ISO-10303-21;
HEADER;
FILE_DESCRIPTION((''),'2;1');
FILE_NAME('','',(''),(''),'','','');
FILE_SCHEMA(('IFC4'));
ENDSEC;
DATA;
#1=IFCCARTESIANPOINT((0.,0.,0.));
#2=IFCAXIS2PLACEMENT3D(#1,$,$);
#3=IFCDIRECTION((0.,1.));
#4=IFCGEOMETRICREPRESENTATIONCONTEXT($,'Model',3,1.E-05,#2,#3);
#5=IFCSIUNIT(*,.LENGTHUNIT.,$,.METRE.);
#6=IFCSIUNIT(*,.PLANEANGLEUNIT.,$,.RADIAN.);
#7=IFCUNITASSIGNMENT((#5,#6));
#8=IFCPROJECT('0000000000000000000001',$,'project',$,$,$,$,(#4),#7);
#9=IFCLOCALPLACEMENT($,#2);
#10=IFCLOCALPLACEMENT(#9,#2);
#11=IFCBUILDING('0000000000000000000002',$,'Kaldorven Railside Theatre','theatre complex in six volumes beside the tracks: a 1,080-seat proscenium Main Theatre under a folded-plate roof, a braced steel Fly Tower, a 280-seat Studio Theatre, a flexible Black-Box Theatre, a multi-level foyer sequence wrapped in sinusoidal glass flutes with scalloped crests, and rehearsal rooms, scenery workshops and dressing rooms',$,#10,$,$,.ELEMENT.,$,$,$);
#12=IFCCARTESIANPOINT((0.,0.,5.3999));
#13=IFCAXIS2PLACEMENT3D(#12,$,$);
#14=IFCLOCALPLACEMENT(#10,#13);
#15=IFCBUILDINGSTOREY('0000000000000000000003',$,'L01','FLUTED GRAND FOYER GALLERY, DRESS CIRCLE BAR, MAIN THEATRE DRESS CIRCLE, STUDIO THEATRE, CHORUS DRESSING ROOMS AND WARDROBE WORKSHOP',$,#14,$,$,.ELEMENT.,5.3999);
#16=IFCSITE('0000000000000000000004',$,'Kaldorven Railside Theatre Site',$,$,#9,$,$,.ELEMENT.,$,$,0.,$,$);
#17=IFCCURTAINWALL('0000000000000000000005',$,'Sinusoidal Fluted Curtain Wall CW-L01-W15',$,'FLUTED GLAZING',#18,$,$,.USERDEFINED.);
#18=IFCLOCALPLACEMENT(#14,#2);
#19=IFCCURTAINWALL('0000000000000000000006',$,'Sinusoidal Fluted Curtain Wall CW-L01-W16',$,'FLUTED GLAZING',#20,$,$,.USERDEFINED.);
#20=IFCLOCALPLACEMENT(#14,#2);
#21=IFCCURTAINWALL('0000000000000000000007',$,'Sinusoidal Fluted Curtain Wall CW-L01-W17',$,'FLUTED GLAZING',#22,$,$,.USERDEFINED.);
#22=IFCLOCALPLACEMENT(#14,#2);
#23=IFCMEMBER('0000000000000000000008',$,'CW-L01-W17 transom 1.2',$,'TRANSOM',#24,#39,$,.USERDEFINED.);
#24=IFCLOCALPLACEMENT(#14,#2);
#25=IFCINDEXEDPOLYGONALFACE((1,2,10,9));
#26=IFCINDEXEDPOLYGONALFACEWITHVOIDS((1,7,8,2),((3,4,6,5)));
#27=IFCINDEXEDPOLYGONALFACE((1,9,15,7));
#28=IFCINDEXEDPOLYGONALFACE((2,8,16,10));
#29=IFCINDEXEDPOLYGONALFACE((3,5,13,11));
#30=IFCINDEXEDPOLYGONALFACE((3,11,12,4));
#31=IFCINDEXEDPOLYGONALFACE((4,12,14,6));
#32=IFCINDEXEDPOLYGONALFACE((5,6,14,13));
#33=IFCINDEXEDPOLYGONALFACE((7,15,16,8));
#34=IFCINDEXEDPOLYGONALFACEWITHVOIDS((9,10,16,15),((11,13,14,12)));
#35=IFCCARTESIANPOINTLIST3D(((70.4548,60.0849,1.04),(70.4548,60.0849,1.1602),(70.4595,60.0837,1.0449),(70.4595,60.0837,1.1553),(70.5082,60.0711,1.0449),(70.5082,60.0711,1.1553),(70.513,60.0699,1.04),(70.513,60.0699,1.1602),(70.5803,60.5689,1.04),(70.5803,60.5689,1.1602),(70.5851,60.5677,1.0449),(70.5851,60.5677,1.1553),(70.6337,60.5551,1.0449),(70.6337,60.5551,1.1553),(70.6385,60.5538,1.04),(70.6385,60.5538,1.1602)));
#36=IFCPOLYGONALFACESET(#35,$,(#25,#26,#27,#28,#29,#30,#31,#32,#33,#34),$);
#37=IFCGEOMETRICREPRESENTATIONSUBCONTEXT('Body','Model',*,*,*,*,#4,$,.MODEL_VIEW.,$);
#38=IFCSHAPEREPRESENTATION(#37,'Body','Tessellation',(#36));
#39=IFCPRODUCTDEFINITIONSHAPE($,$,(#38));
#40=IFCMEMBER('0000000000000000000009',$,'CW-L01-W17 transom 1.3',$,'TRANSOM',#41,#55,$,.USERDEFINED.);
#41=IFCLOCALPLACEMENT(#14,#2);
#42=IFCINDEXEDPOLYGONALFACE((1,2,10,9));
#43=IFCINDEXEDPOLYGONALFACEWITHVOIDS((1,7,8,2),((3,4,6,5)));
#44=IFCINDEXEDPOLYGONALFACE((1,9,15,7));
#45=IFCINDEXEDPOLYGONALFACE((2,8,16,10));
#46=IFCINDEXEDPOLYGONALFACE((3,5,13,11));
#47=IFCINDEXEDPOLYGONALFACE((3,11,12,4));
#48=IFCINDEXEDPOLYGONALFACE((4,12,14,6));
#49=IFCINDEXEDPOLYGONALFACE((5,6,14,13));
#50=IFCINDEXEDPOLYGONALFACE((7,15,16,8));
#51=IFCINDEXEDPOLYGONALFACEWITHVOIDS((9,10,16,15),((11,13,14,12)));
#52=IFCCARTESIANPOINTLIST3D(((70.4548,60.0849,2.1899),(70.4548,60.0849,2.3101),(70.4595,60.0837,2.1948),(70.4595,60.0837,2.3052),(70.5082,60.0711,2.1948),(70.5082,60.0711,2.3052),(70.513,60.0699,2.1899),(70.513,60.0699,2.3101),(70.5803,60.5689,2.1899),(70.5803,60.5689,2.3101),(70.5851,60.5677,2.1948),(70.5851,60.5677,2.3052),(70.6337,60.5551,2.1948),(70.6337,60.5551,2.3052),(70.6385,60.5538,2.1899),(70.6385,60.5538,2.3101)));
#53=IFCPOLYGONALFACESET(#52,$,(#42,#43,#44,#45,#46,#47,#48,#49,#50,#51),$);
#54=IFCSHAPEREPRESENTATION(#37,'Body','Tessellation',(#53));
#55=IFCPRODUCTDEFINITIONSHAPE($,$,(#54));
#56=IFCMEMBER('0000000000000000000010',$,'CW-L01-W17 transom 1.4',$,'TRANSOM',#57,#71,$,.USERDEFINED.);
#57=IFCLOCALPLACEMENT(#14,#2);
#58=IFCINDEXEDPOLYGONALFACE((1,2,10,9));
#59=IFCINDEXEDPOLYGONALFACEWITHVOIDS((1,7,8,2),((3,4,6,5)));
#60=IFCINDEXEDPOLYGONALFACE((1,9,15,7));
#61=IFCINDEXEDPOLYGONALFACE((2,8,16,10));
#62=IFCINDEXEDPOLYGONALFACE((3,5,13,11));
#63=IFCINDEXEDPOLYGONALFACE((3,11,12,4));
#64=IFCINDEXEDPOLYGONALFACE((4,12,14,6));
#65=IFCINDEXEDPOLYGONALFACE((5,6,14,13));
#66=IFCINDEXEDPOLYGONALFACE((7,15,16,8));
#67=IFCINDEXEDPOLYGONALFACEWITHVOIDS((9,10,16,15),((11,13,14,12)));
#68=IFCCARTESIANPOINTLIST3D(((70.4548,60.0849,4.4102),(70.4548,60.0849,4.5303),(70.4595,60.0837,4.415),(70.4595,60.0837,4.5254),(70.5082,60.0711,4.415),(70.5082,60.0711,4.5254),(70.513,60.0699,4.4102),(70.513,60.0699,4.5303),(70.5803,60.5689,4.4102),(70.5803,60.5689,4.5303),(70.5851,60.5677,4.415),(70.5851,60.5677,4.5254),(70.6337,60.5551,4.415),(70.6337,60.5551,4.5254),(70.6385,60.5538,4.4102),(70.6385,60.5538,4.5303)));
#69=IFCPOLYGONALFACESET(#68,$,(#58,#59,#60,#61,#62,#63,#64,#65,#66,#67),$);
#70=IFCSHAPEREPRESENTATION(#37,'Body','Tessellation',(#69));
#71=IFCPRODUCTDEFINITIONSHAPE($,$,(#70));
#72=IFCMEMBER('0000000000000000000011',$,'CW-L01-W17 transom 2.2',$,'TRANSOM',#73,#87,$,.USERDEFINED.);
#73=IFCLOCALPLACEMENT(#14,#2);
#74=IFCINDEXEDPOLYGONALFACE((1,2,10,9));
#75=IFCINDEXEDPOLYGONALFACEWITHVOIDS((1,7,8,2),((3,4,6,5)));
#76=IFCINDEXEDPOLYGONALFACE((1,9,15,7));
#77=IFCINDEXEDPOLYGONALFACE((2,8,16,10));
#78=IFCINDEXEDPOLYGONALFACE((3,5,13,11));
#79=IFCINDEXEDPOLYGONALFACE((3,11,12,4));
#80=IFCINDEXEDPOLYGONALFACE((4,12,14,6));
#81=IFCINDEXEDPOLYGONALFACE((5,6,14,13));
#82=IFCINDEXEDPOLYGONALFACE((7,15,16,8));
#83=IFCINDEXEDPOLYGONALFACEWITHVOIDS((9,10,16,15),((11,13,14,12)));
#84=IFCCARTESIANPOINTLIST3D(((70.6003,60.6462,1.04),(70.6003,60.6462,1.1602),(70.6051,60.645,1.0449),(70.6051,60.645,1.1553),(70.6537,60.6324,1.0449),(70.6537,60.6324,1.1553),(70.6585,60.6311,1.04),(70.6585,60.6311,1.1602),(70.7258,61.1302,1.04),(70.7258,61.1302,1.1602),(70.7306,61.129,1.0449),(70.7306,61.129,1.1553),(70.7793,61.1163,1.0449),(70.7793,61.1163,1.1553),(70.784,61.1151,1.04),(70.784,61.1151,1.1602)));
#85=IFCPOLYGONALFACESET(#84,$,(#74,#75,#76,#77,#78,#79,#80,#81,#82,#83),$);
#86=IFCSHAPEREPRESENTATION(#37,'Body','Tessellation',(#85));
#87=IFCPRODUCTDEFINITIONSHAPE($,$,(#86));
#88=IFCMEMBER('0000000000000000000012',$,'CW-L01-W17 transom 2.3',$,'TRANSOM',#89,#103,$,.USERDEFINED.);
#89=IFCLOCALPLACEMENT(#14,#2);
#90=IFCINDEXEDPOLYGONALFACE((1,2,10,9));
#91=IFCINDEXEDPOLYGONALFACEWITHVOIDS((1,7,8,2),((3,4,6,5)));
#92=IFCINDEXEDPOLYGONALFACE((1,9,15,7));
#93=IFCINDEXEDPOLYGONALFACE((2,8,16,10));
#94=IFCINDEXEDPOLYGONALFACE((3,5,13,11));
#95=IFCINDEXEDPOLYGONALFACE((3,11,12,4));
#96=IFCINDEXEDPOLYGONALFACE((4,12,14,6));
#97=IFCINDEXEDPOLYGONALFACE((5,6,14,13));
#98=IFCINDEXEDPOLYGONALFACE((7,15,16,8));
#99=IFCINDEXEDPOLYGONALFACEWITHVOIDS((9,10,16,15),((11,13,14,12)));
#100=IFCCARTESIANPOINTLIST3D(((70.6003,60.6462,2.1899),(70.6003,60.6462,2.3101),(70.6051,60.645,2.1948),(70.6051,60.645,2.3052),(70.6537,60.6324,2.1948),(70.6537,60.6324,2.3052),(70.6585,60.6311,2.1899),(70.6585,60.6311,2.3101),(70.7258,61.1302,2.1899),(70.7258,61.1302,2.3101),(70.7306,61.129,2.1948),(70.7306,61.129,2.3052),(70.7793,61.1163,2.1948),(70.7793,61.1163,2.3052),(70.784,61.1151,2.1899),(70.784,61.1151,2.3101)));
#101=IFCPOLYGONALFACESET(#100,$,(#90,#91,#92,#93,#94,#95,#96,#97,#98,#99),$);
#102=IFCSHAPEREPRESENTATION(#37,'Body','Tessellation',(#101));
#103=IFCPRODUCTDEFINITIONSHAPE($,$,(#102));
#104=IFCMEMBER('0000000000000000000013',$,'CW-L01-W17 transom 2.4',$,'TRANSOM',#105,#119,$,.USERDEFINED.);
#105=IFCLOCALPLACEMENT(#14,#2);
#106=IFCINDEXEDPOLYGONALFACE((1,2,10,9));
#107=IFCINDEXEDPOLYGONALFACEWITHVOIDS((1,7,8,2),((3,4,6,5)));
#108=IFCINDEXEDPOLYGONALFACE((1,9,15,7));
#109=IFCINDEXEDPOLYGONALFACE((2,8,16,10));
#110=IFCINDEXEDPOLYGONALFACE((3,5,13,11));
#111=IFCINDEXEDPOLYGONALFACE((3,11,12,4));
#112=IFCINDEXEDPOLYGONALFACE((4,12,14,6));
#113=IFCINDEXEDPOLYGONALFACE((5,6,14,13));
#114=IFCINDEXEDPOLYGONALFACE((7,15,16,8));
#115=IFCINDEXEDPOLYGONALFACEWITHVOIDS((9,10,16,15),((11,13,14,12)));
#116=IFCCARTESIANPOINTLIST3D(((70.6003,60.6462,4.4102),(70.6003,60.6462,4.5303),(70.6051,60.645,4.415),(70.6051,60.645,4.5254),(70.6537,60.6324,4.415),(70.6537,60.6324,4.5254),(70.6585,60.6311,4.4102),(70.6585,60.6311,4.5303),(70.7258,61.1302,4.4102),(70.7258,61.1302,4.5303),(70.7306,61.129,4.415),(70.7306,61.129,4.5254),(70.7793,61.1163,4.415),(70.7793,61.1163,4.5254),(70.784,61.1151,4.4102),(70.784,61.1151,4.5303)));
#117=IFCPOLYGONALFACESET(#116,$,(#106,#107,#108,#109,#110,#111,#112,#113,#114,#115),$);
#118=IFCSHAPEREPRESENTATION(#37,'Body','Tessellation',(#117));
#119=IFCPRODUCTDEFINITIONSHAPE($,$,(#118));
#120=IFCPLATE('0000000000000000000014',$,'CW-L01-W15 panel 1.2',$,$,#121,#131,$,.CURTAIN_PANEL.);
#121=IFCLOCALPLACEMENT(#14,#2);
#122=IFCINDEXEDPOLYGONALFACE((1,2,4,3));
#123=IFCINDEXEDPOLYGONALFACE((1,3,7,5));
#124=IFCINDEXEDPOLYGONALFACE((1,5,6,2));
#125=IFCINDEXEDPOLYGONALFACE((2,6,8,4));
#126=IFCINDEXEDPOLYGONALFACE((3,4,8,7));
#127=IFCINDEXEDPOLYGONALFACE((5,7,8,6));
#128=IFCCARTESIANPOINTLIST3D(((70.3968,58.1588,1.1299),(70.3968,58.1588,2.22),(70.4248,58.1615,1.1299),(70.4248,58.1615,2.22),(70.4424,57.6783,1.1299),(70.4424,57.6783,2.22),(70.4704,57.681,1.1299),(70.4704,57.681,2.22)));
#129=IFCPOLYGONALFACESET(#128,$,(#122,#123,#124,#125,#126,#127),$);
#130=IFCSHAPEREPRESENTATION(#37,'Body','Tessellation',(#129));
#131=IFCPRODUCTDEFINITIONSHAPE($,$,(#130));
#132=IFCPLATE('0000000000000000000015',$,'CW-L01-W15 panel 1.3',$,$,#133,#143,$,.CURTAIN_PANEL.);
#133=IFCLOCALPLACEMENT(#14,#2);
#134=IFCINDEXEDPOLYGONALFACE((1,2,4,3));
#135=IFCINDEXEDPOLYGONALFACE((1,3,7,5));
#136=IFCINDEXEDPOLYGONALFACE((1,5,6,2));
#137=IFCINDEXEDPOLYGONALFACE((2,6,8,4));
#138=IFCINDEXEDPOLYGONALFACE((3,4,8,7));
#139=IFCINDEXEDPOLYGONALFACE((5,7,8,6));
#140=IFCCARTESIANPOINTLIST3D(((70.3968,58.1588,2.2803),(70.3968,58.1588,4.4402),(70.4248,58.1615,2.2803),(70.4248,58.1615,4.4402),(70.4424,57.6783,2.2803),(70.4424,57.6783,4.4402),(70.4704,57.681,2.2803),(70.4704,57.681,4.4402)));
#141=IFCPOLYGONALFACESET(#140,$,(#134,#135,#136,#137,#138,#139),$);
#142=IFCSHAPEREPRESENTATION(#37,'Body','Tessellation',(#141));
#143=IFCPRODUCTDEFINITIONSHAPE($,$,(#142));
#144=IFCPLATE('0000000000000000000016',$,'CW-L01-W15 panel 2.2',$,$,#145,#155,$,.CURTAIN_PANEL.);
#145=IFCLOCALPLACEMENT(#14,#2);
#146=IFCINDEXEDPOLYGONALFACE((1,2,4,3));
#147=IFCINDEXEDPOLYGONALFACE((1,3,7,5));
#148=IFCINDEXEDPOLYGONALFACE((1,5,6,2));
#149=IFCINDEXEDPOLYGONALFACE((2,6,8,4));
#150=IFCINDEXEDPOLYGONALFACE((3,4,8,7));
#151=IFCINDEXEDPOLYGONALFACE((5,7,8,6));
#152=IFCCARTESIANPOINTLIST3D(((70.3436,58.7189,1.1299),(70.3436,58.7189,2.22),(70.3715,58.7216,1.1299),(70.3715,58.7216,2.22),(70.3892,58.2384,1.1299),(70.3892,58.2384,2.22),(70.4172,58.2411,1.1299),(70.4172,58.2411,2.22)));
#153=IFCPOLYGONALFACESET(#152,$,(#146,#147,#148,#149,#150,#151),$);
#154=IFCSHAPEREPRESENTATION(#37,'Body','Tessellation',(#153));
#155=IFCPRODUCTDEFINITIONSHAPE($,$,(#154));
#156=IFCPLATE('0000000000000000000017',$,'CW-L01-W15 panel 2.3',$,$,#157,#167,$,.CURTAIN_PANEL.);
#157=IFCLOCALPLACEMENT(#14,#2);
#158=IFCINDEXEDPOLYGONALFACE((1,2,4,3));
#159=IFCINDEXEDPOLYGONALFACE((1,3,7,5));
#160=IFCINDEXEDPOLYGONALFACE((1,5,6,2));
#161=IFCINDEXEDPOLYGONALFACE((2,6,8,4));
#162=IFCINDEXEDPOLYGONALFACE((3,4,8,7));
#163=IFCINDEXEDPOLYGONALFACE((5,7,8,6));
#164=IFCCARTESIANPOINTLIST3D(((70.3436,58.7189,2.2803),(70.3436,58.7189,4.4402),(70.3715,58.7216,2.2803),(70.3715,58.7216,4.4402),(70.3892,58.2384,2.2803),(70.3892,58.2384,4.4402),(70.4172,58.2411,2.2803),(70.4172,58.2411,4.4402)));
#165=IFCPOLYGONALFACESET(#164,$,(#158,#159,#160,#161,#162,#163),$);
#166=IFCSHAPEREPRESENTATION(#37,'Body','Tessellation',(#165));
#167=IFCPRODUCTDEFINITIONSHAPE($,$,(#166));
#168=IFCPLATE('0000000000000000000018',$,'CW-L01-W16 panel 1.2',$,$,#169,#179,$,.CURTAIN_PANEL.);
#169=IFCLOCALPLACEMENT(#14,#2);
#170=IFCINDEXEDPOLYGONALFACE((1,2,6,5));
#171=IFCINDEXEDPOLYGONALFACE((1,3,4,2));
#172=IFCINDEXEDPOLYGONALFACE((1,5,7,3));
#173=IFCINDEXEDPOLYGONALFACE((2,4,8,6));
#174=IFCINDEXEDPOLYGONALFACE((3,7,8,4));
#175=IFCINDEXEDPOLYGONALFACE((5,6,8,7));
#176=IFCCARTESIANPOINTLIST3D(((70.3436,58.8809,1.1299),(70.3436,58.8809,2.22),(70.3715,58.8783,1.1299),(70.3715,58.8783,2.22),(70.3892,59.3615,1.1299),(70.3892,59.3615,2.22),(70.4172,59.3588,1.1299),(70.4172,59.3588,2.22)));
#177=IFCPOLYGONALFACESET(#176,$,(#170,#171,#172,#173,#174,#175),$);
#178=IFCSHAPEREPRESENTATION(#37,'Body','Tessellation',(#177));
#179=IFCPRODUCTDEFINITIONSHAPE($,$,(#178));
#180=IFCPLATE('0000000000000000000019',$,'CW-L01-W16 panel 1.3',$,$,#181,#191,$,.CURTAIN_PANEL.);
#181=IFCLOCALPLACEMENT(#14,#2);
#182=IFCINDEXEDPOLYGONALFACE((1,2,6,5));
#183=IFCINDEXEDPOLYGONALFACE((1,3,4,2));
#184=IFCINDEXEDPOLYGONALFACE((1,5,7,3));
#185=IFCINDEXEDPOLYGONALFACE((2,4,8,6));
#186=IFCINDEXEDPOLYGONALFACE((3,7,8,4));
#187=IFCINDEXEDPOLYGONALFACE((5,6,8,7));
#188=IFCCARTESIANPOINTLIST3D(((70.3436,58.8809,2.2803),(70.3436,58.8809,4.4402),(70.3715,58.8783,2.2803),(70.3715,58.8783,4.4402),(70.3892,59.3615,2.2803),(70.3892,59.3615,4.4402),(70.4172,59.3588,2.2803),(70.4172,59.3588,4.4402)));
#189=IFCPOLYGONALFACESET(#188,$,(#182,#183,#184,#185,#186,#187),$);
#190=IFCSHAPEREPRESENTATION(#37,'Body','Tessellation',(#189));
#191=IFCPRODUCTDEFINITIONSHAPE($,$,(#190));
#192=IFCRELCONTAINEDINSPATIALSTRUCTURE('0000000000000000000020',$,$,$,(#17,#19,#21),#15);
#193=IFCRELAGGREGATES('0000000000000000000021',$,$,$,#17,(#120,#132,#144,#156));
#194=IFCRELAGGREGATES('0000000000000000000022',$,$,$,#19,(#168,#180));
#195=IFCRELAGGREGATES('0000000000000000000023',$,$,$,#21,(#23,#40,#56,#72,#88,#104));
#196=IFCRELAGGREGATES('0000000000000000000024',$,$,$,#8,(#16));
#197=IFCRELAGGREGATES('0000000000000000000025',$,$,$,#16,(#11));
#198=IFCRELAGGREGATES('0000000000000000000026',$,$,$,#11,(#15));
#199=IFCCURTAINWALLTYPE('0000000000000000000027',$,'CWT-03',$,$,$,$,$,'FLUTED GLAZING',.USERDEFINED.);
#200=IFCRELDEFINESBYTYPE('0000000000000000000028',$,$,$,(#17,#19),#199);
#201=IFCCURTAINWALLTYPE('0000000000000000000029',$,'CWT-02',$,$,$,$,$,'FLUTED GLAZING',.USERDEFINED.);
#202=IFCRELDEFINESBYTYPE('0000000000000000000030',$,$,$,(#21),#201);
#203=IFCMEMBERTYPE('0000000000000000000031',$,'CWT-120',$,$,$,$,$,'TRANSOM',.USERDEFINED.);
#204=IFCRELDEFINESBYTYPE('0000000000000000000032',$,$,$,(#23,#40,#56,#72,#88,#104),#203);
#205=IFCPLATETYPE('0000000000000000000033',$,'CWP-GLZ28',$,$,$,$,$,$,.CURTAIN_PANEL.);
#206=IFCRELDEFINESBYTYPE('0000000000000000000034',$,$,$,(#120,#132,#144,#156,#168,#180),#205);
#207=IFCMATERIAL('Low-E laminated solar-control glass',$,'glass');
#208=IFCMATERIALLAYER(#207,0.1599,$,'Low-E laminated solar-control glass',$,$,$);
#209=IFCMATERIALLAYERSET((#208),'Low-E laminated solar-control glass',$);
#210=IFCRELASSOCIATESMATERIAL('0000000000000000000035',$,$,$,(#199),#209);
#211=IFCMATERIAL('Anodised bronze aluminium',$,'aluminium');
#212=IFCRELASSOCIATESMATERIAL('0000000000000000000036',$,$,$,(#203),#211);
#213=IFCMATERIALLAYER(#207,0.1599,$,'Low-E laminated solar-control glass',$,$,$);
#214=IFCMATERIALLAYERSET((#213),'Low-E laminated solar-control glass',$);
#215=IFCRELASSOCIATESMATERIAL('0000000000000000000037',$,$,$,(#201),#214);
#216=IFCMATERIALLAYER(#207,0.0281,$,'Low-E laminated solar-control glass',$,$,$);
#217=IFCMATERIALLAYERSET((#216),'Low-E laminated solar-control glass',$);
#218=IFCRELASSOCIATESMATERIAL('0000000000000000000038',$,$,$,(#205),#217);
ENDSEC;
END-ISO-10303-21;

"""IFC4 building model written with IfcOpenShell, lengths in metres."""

from ifc_helpers import new_model, si_unit, direction, frame, origin, origin_2d, place, context, subcontext, project, spatial, rectangle, hollow_rectangle, extrude, material, layer, layer_set, material_profile, profile_set, type_object, element, aggregate, save


model = new_model("IFC4")

# Units and contexts
model_context = context("Model", 3, precision=1e-05, world=origin(), true_north=direction((0.0, 1.0)))
body_context = subcontext(model_context, "Body", "Model", "MODEL_VIEW")
ifc_project = project(units=[si_unit("LENGTHUNIT", "METRE"), si_unit("PLANEANGLEUNIT", "RADIAN")], contexts=[model_context])

# Site, building, storey
site_placement = place(None, origin())
site = spatial("IfcSite", under=ifc_project, at=site_placement, Name="Kaldorven Railside Theatre Site", CompositionType="ELEMENT", RefElevation=0.0)
building_placement = place(site_placement, origin())
building = spatial("IfcBuilding", under=site, at=building_placement, Name="Kaldorven Railside Theatre", Description="theatre complex in six volumes beside the tracks: a 1,080-seat proscenium Main Theatre under a folded-plate roof, a braced steel Fly Tower, a 280-seat Studio Theatre, a flexible Black-Box Theatre, a multi-level foyer sequence wrapped in sinusoidal glass flutes with scalloped crests, and rehearsal rooms, scenery workshops and dressing rooms", CompositionType="ELEMENT")
storey_placement = place(building_placement, frame((0.0, 0.0, 5.3999)))
storey = spatial("IfcBuildingStorey", under=building, at=storey_placement, Name="L01", Description="FLUTED GRAND FOYER GALLERY, DRESS CIRCLE BAR, MAIN THEATRE DRESS CIRCLE, STUDIO THEATRE, CHORUS DRESSING ROOMS AND WARDROBE WORKSHOP", CompositionType="ELEMENT", Elevation=5.3999)

# Curtain walls, members
ifc_material_1 = material(Name="Low-E laminated solar-control glass", Category="glass")
ifc_layer_1 = layer(ifc_material_1, 0.1599, Name="Low-E laminated solar-control glass")
ifc_layer_set_1 = layer_set([ifc_layer_1], Name="Low-E laminated solar-control glass")
curtain_wall_type_1 = type_object("IfcCurtainWallType", Name="CWT-03", ElementType="FLUTED GLAZING", PredefinedType="USERDEFINED", material=ifc_layer_set_1)
curtain_wall_1_placement = place(storey_placement, origin())
curtain_wall_1 = element("IfcCurtainWall", 1, at=curtain_wall_1_placement, inside=storey, type_object=curtain_wall_type_1, Name="Sinusoidal Fluted Curtain Wall CW-L01-W15", ObjectType="FLUTED GLAZING", PredefinedType="USERDEFINED")
ifc_material_2 = material(Name="Anodised bronze aluminium", Category="aluminium")
ifc_material_profile = material_profile(ifc_material_2, hollow_rectangle(XDim=0.0601, YDim=0.1201, WallThickness=0.0049, at=origin_2d()), Name="RHS 120x60x5")
ifc_profile_set = profile_set([ifc_material_profile], Name="Anodised bronze aluminium")
member_type = type_object("IfcMemberType", Name="CWT-120", ElementType="TRANSOM", PredefinedType="USERDEFINED", material=ifc_profile_set)
curtain_wall_2_placement = place(storey_placement, origin())
curtain_wall_2 = element("IfcCurtainWall", 2, at=curtain_wall_2_placement, inside=storey, type_object=curtain_wall_type_1, Name="Sinusoidal Fluted Curtain Wall CW-L01-W16", ObjectType="FLUTED GLAZING", PredefinedType="USERDEFINED")
ifc_layer_2 = layer(ifc_material_1, 0.1599, Name="Low-E laminated solar-control glass")
ifc_layer_set_2 = layer_set([ifc_layer_2], Name="Low-E laminated solar-control glass")
curtain_wall_type_2 = type_object("IfcCurtainWallType", Name="CWT-02", ElementType="FLUTED GLAZING", PredefinedType="USERDEFINED", material=ifc_layer_set_2)
curtain_wall_3_placement = place(storey_placement, origin())
curtain_wall_3 = element("IfcCurtainWall", 3, at=curtain_wall_3_placement, inside=storey, type_object=curtain_wall_type_2, Name="Sinusoidal Fluted Curtain Wall CW-L01-W17", ObjectType="FLUTED GLAZING", PredefinedType="USERDEFINED")
member_1_placement = place(storey_placement, frame((70.4839, 60.0774, 1.1001), z_axis=(0.25103, 0.967979, 0.0), x_axis=(-0.967979, 0.25103, 0.0)))
member_1 = element("IfcMember", 4, at=member_1_placement, type_object=member_type, Name="CW-L01-W17 transom 1.2", ObjectType="TRANSOM", PredefinedType="USERDEFINED", context=body_context, shape_type="SweptSolid", body=[
    extrude(hollow_rectangle(XDim=0.0601, YDim=0.1201, WallThickness=0.0049, at=origin_2d()), origin(), (0.0, 0.0, 1.0), 0.5),
])
member_2_placement = place(storey_placement, frame((70.4839, 60.0774, 2.25), z_axis=(0.25103, 0.967979, 0.0), x_axis=(-0.967979, 0.25103, 0.0)))
member_2 = element("IfcMember", 5, at=member_2_placement, type_object=member_type, Name="CW-L01-W17 transom 1.3", ObjectType="TRANSOM", PredefinedType="USERDEFINED", context=body_context, shape_type="SweptSolid", body=[
    extrude(hollow_rectangle(XDim=0.0601, YDim=0.1201, WallThickness=0.0049, at=origin_2d()), origin(), (0.0, 0.0, 1.0), 0.5),
])
member_3_placement = place(storey_placement, frame((70.4839, 60.0774, 4.4702), z_axis=(0.25103, 0.967979, 0.0), x_axis=(-0.967979, 0.25103, 0.0)))
member_3 = element("IfcMember", 6, at=member_3_placement, type_object=member_type, Name="CW-L01-W17 transom 1.4", ObjectType="TRANSOM", PredefinedType="USERDEFINED", context=body_context, shape_type="SweptSolid", body=[
    extrude(hollow_rectangle(XDim=0.0601, YDim=0.1201, WallThickness=0.0049, at=origin_2d()), origin(), (0.0, 0.0, 1.0), 0.5),
])
member_4_placement = place(storey_placement, frame((70.6294, 60.6387, 1.1001), z_axis=(0.25103, 0.967979, 0.0), x_axis=(-0.967979, 0.25103, 0.0)))
member_4 = element("IfcMember", 7, at=member_4_placement, type_object=member_type, Name="CW-L01-W17 transom 2.2", ObjectType="TRANSOM", PredefinedType="USERDEFINED", context=body_context, shape_type="SweptSolid", body=[
    extrude(hollow_rectangle(XDim=0.0601, YDim=0.1201, WallThickness=0.0049, at=origin_2d()), origin(), (0.0, 0.0, 1.0), 0.5),
])
member_5_placement = place(storey_placement, frame((70.6294, 60.6387, 2.25), z_axis=(0.25103, 0.967979, 0.0), x_axis=(-0.967979, 0.25103, 0.0)))
member_5 = element("IfcMember", 8, at=member_5_placement, type_object=member_type, Name="CW-L01-W17 transom 2.3", ObjectType="TRANSOM", PredefinedType="USERDEFINED", context=body_context, shape_type="SweptSolid", body=[
    extrude(hollow_rectangle(XDim=0.0601, YDim=0.1201, WallThickness=0.0049, at=origin_2d()), origin(), (0.0, 0.0, 1.0), 0.5),
])
member_6_placement = place(storey_placement, frame((70.6294, 60.6387, 4.4702), z_axis=(0.25103, 0.967979, 0.0), x_axis=(-0.967979, 0.25103, 0.0)))
member_6 = element("IfcMember", 9, at=member_6_placement, type_object=member_type, Name="CW-L01-W17 transom 2.4", ObjectType="TRANSOM", PredefinedType="USERDEFINED", context=body_context, shape_type="SweptSolid", body=[
    extrude(hollow_rectangle(XDim=0.0601, YDim=0.1201, WallThickness=0.0049, at=origin_2d()), origin(), (0.0, 0.0, 1.0), 0.5),
])

# Plates
ifc_layer_3 = layer(ifc_material_1, 0.0281, Name="Low-E laminated solar-control glass")
ifc_layer_set_3 = layer_set([ifc_layer_3], Name="Low-E laminated solar-control glass")
plate_type = type_object("IfcPlateType", Name="CWP-GLZ28", PredefinedType="CURTAIN_PANEL", material=ifc_layer_set_3)
plate_1_placement = place(storey_placement, frame((70.4336, 57.9199, 1.1299), z_axis=(0.0, 0.0, 1.0), x_axis=(-0.094492, 0.995526, 0.0)))
plate_1 = element("IfcPlate", 10, at=plate_1_placement, type_object=plate_type, Name="CW-L01-W15 panel 1.2", PredefinedType="CURTAIN_PANEL", context=body_context, shape_type="SweptSolid", body=[
    extrude(rectangle(XDim=0.4827, YDim=0.0281, at=origin_2d()), origin(), (0.0, 0.0, 1.0), 1.0901),
])
plate_2_placement = place(storey_placement, frame((70.4336, 57.9199, 2.2803), z_axis=(0.0, 0.0, 1.0), x_axis=(-0.094492, 0.995526, 0.0)))
plate_2 = element("IfcPlate", 11, at=plate_2_placement, type_object=plate_type, Name="CW-L01-W15 panel 1.3", PredefinedType="CURTAIN_PANEL", context=body_context, shape_type="SweptSolid", body=[
    extrude(rectangle(XDim=0.4827, YDim=0.0281, at=origin_2d()), origin(), (0.0, 0.0, 1.0), 2.1599),
])
plate_3_placement = place(storey_placement, frame((70.3804, 58.48, 1.1299), z_axis=(0.0, 0.0, 1.0), x_axis=(-0.094492, 0.995526, 0.0)))
plate_3 = element("IfcPlate", 12, at=plate_3_placement, type_object=plate_type, Name="CW-L01-W15 panel 2.2", PredefinedType="CURTAIN_PANEL", context=body_context, shape_type="SweptSolid", body=[
    extrude(rectangle(XDim=0.4827, YDim=0.0281, at=origin_2d()), origin(), (0.0, 0.0, 1.0), 1.0901),
])
plate_4_placement = place(storey_placement, frame((70.3804, 58.48, 2.2803), z_axis=(0.0, 0.0, 1.0), x_axis=(-0.094492, 0.995526, 0.0)))
plate_4 = element("IfcPlate", 13, at=plate_4_placement, type_object=plate_type, Name="CW-L01-W15 panel 2.3", PredefinedType="CURTAIN_PANEL", context=body_context, shape_type="SweptSolid", body=[
    extrude(rectangle(XDim=0.4827, YDim=0.0281, at=origin_2d()), origin(), (0.0, 0.0, 1.0), 2.1599),
])
aggregate(curtain_wall_1, [plate_1, plate_2, plate_3, plate_4])
plate_5_placement = place(storey_placement, frame((70.3804, 59.1199, 1.1299), z_axis=(0.0, 0.0, 1.0), x_axis=(0.094492, 0.995526, 0.0)))
plate_5 = element("IfcPlate", 14, at=plate_5_placement, type_object=plate_type, Name="CW-L01-W16 panel 1.2", PredefinedType="CURTAIN_PANEL", context=body_context, shape_type="SweptSolid", body=[
    extrude(rectangle(XDim=0.4827, YDim=0.0281, at=origin_2d()), origin(), (0.0, 0.0, 1.0), 1.0901),
])
plate_6_placement = place(storey_placement, frame((70.3804, 59.1199, 2.2803), z_axis=(0.0, 0.0, 1.0), x_axis=(0.094492, 0.995526, 0.0)))
plate_6 = element("IfcPlate", 15, at=plate_6_placement, type_object=plate_type, Name="CW-L01-W16 panel 1.3", PredefinedType="CURTAIN_PANEL", context=body_context, shape_type="SweptSolid", body=[
    extrude(rectangle(XDim=0.4827, YDim=0.0281, at=origin_2d()), origin(), (0.0, 0.0, 1.0), 2.1599),
])
aggregate(curtain_wall_2, [plate_5, plate_6])
aggregate(curtain_wall_3, [member_1, member_2, member_3, member_4, member_5, member_6])

save(model, "model.ifc")
